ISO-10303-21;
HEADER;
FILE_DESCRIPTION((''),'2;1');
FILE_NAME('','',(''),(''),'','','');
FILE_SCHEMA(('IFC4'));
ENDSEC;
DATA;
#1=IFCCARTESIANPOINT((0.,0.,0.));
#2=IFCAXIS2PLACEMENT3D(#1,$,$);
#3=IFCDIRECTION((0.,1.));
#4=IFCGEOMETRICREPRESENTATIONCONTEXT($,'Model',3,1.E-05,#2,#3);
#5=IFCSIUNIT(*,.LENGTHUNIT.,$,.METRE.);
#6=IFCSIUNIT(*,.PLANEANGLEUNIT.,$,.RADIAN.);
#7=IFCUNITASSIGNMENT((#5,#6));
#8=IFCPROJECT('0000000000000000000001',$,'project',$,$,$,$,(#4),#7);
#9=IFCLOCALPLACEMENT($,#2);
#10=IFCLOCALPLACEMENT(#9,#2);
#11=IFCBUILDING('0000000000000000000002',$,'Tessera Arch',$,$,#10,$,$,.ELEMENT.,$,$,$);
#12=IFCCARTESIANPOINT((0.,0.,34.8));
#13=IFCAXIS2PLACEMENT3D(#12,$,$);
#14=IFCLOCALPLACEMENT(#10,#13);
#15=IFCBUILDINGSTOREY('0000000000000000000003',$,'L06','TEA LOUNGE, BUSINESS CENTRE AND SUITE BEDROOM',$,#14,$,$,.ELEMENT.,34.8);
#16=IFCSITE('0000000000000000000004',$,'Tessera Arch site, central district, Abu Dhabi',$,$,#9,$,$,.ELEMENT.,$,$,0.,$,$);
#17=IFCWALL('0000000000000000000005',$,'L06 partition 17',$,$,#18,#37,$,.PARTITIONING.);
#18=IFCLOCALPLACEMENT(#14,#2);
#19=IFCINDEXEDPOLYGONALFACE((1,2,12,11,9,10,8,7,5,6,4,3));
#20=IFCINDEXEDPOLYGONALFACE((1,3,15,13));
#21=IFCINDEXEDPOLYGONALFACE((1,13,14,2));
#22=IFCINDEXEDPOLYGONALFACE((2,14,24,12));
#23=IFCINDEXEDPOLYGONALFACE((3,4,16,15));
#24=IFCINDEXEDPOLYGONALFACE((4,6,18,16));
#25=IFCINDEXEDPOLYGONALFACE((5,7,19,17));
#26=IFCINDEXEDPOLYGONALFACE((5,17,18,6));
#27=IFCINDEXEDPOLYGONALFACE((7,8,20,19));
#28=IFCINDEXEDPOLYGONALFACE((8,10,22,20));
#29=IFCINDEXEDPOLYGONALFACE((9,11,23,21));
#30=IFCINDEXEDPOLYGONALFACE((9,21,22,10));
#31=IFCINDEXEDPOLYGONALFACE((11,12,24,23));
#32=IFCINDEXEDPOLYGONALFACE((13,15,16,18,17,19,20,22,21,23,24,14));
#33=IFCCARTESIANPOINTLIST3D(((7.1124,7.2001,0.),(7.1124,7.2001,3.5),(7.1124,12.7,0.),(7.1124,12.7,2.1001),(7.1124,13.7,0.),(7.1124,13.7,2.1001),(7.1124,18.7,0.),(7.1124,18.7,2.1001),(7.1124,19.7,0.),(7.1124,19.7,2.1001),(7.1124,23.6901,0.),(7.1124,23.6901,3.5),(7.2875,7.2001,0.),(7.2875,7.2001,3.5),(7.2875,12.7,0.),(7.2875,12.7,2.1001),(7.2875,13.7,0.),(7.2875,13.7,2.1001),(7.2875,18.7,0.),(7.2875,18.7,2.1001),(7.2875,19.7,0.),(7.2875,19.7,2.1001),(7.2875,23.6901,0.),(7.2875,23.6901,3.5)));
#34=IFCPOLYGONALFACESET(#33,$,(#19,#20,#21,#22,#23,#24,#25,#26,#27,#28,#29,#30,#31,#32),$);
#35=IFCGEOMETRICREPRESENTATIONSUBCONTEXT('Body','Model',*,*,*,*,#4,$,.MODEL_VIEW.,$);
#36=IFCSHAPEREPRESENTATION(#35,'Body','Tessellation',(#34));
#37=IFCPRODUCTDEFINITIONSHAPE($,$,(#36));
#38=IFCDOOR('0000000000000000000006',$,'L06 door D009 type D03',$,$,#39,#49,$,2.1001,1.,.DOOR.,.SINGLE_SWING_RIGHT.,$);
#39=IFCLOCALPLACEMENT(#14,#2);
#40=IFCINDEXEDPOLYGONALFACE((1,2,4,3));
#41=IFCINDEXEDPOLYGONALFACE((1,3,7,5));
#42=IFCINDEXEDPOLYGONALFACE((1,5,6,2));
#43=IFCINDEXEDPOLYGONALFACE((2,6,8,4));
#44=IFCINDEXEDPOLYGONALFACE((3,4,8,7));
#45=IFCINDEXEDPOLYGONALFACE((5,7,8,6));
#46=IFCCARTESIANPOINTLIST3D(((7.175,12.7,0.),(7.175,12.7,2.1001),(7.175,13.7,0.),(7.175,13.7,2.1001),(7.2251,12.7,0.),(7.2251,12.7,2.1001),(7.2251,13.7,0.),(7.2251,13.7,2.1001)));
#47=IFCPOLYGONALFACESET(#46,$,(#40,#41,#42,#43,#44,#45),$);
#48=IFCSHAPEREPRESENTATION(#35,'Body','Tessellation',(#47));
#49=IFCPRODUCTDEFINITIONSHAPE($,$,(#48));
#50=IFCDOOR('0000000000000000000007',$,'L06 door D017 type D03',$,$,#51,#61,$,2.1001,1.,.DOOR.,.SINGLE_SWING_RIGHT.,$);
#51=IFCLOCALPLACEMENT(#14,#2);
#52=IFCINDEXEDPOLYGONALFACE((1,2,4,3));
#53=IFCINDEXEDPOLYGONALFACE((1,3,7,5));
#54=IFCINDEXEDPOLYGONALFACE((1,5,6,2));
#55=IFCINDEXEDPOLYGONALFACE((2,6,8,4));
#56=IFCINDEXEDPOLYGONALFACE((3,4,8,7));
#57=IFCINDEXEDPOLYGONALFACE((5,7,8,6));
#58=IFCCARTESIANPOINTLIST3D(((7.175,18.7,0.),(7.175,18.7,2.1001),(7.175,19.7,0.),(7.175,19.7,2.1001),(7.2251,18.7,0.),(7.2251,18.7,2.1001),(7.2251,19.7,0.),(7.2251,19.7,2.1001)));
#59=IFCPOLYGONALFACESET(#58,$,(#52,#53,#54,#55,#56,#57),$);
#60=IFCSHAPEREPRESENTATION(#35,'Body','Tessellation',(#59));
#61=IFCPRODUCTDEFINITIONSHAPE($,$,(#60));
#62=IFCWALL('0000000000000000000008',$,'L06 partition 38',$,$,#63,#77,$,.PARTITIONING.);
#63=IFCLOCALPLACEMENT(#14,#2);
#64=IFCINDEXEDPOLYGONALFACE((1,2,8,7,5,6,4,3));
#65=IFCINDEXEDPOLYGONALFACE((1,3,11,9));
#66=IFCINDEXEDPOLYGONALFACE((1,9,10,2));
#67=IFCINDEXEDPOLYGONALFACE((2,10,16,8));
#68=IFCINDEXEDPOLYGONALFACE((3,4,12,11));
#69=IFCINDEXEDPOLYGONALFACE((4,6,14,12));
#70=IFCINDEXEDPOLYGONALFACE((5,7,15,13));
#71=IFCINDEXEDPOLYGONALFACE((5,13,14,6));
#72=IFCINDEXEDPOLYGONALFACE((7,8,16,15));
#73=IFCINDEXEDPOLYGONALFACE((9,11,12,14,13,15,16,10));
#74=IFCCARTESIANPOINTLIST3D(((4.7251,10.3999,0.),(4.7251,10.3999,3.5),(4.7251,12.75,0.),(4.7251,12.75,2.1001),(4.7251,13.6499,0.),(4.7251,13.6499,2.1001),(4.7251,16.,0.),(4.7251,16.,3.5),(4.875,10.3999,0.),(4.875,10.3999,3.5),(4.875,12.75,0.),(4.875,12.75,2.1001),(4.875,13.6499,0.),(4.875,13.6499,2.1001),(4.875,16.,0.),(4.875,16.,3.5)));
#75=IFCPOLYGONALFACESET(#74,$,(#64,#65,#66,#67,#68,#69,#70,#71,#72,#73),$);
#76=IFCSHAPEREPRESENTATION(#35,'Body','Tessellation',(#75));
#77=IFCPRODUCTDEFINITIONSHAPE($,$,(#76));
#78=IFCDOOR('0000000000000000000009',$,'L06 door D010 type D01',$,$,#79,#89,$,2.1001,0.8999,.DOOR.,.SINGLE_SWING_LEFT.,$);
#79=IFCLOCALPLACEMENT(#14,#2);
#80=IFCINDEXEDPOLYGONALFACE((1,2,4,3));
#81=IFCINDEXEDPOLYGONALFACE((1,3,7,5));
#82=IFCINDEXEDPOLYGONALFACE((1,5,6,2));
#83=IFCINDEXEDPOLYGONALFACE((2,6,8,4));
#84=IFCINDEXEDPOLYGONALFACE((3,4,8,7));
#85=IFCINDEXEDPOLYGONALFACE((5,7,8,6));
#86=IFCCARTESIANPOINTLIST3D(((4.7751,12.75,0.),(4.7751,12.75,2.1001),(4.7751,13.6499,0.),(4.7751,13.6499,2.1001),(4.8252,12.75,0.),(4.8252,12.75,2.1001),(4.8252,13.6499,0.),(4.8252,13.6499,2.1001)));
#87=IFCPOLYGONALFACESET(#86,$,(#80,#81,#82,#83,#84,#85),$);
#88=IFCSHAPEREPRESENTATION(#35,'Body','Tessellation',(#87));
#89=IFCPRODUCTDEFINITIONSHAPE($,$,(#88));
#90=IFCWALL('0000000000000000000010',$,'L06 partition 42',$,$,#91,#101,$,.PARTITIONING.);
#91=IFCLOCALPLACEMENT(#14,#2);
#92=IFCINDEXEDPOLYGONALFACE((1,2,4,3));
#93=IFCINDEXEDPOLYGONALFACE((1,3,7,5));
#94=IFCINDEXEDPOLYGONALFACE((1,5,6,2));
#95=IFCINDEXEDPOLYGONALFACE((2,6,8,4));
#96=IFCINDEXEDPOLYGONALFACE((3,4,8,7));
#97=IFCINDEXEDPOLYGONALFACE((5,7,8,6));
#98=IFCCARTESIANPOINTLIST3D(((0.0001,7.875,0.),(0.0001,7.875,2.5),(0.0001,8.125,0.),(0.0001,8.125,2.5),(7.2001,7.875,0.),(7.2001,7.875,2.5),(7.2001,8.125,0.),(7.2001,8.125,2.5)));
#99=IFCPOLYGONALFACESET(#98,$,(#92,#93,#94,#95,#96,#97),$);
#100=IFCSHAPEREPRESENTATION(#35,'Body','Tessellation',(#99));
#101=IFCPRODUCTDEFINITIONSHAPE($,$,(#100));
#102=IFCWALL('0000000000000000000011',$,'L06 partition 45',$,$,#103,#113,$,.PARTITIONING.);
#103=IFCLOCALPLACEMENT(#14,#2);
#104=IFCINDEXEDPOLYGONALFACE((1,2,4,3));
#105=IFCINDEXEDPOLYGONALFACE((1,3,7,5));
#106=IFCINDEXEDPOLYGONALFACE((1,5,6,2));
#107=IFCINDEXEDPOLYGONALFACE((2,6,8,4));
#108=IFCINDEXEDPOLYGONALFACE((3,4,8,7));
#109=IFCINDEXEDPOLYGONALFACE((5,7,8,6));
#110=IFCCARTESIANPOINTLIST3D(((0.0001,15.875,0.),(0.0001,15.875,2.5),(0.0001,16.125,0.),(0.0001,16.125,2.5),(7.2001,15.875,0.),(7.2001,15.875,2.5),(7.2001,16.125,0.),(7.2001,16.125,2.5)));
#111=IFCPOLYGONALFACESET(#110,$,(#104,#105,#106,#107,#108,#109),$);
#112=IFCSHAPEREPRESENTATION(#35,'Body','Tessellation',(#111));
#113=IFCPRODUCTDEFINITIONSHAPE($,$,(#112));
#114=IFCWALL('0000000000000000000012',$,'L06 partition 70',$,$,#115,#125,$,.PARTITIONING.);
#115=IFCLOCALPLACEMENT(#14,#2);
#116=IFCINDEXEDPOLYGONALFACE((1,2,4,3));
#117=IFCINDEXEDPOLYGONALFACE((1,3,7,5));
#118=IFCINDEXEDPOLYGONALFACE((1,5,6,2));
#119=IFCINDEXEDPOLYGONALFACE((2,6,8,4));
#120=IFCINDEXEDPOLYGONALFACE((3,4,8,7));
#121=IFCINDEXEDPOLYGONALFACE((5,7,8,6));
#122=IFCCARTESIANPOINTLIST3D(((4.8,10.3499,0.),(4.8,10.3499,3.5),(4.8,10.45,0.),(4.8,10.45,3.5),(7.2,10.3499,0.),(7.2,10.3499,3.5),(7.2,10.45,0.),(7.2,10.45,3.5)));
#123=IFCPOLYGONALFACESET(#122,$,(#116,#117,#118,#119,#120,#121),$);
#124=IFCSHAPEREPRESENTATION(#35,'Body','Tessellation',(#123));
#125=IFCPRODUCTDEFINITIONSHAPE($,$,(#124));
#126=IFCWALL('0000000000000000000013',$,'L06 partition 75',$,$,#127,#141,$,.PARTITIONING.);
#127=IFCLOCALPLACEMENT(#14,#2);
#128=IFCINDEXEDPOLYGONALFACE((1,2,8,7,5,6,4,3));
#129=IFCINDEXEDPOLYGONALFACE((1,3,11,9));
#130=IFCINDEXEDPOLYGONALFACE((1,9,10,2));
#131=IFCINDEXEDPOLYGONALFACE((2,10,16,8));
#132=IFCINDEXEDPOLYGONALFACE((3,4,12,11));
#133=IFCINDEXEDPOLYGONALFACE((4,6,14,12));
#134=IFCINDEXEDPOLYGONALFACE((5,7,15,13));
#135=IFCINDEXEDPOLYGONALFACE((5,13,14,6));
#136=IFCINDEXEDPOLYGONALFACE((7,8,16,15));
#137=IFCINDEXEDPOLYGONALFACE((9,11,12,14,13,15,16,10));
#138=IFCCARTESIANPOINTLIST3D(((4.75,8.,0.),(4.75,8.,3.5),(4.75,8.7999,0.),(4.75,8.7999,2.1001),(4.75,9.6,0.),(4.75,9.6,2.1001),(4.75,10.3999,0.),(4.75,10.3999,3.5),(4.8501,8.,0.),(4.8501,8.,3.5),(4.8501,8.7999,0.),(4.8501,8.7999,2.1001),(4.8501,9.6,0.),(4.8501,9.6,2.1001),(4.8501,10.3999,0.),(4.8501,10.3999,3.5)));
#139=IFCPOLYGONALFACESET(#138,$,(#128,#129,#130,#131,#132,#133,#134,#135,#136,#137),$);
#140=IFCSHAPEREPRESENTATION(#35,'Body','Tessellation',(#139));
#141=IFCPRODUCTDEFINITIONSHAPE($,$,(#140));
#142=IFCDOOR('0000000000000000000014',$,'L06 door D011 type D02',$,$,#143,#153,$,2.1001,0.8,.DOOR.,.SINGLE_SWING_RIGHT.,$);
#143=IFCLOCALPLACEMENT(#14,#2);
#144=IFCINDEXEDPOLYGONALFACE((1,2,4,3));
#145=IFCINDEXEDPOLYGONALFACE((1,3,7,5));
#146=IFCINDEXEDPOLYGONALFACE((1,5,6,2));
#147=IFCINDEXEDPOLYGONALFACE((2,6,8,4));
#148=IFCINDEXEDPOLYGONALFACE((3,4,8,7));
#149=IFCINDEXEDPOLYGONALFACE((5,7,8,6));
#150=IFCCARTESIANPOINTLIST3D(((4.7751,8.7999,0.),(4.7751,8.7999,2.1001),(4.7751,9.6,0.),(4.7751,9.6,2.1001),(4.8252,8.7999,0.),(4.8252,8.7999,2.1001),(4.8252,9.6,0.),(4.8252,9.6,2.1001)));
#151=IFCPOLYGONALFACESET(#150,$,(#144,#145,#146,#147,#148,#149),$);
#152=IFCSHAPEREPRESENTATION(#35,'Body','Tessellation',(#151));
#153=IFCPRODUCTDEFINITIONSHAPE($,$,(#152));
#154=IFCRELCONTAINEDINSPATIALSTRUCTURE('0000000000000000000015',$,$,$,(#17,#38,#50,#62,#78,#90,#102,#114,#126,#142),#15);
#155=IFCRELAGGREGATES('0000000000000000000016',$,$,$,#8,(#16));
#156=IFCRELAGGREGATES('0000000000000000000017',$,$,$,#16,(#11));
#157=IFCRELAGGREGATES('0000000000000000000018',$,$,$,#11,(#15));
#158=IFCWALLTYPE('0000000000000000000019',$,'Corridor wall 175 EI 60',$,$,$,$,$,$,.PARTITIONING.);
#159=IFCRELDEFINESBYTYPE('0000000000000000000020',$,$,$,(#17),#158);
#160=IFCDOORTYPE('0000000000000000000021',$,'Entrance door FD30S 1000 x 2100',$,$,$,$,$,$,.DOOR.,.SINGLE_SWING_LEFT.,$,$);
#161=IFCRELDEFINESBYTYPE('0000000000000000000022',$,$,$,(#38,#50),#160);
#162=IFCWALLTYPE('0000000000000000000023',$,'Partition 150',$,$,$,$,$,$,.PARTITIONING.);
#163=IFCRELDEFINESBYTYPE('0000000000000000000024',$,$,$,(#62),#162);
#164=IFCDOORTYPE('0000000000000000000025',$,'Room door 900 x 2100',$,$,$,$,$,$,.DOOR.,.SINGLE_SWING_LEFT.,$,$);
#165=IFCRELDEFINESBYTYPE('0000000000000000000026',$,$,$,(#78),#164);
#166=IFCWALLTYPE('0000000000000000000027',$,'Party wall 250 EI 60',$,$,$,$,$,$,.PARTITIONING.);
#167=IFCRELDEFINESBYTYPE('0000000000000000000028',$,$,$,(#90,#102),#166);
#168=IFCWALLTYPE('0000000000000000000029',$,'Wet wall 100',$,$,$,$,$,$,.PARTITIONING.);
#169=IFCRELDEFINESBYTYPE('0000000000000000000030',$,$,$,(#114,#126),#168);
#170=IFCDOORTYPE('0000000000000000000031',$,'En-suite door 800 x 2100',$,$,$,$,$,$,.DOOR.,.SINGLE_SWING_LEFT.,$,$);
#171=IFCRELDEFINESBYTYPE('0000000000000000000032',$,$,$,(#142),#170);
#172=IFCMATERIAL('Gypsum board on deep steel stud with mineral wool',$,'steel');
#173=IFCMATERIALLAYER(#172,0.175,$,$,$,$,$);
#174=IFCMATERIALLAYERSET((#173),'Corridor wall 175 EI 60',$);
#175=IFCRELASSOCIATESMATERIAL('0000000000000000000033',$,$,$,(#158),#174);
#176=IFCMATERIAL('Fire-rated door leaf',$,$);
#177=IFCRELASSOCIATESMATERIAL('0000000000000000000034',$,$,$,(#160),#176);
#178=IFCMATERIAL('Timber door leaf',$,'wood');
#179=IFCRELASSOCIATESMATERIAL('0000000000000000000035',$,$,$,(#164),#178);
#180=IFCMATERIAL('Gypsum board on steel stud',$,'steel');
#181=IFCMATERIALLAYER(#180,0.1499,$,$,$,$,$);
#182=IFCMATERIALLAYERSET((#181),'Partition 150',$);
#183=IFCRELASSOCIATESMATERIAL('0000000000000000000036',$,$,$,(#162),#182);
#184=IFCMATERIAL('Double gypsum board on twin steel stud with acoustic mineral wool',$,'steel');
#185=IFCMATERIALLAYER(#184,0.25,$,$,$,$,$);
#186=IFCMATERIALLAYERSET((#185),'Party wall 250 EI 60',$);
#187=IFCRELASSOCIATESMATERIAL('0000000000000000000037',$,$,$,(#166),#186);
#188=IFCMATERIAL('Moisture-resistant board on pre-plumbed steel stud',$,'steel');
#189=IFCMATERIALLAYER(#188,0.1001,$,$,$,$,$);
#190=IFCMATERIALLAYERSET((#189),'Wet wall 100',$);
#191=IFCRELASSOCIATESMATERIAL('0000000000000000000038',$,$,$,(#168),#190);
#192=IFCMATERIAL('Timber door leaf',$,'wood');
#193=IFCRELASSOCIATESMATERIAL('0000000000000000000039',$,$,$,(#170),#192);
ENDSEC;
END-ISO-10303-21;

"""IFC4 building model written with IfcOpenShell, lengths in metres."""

from ifc_helpers import new_model, si_unit, direction, frame, frame_2d, origin, place, context, subcontext, project, spatial, rectangle, extrude, material, layer, layer_set, type_object, element, fill, save


model = new_model("IFC4")

# Units and contexts
model_context = context("Model", 3, precision=1e-05, world=origin(), true_north=direction((0.0, 1.0)))
body_context = subcontext(model_context, "Body", "Model", "MODEL_VIEW")
ifc_project = project(units=[si_unit("LENGTHUNIT", "METRE"), si_unit("PLANEANGLEUNIT", "RADIAN")], contexts=[model_context])

# Site, building, storey
site_placement = place(None, origin())
site = spatial("IfcSite", under=ifc_project, at=site_placement, Name="Tessera Arch site, central district, Abu Dhabi", CompositionType="ELEMENT", RefElevation=0.0)
building_placement = place(site_placement, origin())
building = spatial("IfcBuilding", under=site, at=building_placement, Name="Tessera Arch", CompositionType="ELEMENT")
storey_placement = place(building_placement, frame((0.0, 0.0, 34.8)))
storey = spatial("IfcBuildingStorey", under=building, at=storey_placement, Name="L06", Description="TEA LOUNGE, BUSINESS CENTRE AND SUITE BEDROOM", CompositionType="ELEMENT", Elevation=34.8)

# Wall, openings, doors
ifc_material_1 = material(Name="Gypsum board on deep steel stud with mineral wool", Category="steel")
ifc_layer_1 = layer(ifc_material_1, 0.175)
ifc_layer_set_1 = layer_set([ifc_layer_1], Name="Corridor wall 175 EI 60")
wall_type_1 = type_object("IfcWallType", Name="Corridor wall 175 EI 60", PredefinedType="PARTITIONING", material=ifc_layer_set_1)
ifc_material_2 = material(Name="Fire-rated door leaf")
door_type_1 = type_object("IfcDoorType", Name="Entrance door FD30S 1000 x 2100", OperationType="SINGLE_SWING_LEFT", PredefinedType="DOOR", material=ifc_material_2)
ifc_material_3 = material(Name="Timber door leaf", Category="wood")
door_type_2 = type_object("IfcDoorType", Name="Room door 900 x 2100", OperationType="SINGLE_SWING_LEFT", PredefinedType="DOOR", material=ifc_material_3)
wall_1_placement = place(storey_placement, frame((7.2, 7.2, 0.0), z_axis=(0.0, 0.0, 1.0), x_axis=(0.0, 1.0, 0.0)))
wall_1 = element("IfcWall", 1, at=wall_1_placement, inside=storey, type_object=wall_type_1, Name="L06 partition 17", PredefinedType="PARTITIONING", context=body_context, shape_type="SweptSolid", body=[
    extrude(rectangle(XDim=16.49, YDim=0.175, at=frame_2d((8.2451, 0.0))), origin(), (0.0, 0.0, 1.0), 3.5),
])
opening_1_placement = place(wall_1_placement, frame((5.5, 0.0, 0.0)))
opening_1 = element("IfcOpeningElement", 2, at=opening_1_placement, cuts=wall_1, PredefinedType="OPENING", context=body_context, shape_type="SweptSolid", body=[
    extrude(rectangle(XDim=1.0, YDim=2.1001, at=frame_2d((0.5, 1.05))), frame((0.0, 0.0974, 0.0), z_axis=(0.0, -1.0, 0.0), x_axis=(1.0, 0.0, 0.0)), (0.0, 0.0, 1.0), 0.1951),
])
opening_2_placement = place(wall_1_placement, frame((11.5, 0.0, 0.0)))
opening_2 = element("IfcOpeningElement", 3, at=opening_2_placement, cuts=wall_1, PredefinedType="OPENING", context=body_context, shape_type="SweptSolid", body=[
    extrude(rectangle(XDim=1.0, YDim=2.1001, at=frame_2d((0.5, 1.05))), frame((0.0, 0.0974, 0.0), z_axis=(0.0, -1.0, 0.0), x_axis=(1.0, 0.0, 0.0)), (0.0, 0.0, 1.0), 0.1951),
])
door_1_placement = place(opening_1_placement, origin())
door_1 = element("IfcDoor", 4, at=door_1_placement, inside=storey, type_object=door_type_1, Name="L06 door D009 type D03", OperationType="SINGLE_SWING_RIGHT", OverallHeight=2.1001, OverallWidth=1.0, PredefinedType="DOOR", context=body_context, shape_type="SweptSolid", body=[
    extrude(rectangle(XDim=1.0, YDim=2.1001, at=frame_2d((0.5, 1.05))), frame((0.0, 0.0249, 0.0), z_axis=(0.0, -1.0, 0.0), x_axis=(1.0, 0.0, 0.0)), (0.0, 0.0, 1.0), 0.05),
])
fill(opening_1, door_1)
door_2_placement = place(opening_2_placement, origin())
door_2 = element("IfcDoor", 5, at=door_2_placement, inside=storey, type_object=door_type_1, Name="L06 door D017 type D03", OperationType="SINGLE_SWING_RIGHT", OverallHeight=2.1001, OverallWidth=1.0, PredefinedType="DOOR", context=body_context, shape_type="SweptSolid", body=[
    extrude(rectangle(XDim=1.0, YDim=2.1001, at=frame_2d((0.5, 1.05))), frame((0.0, 0.0249, 0.0), z_axis=(0.0, -1.0, 0.0), x_axis=(1.0, 0.0, 0.0)), (0.0, 0.0, 1.0), 0.05),
])
fill(opening_2, door_2)

# Wall, opening, door
ifc_material_4 = material(Name="Gypsum board on steel stud", Category="steel")
ifc_layer_2 = layer(ifc_material_4, 0.1499)
ifc_layer_set_2 = layer_set([ifc_layer_2], Name="Partition 150")
wall_type_2 = type_object("IfcWallType", Name="Partition 150", PredefinedType="PARTITIONING", material=ifc_layer_set_2)
wall_2_placement = place(storey_placement, frame((4.8, 10.3999, 0.0), z_axis=(0.0, 0.0, 1.0), x_axis=(0.0, 1.0, 0.0)))
wall_2 = element("IfcWall", 6, at=wall_2_placement, inside=storey, type_object=wall_type_2, Name="L06 partition 38", PredefinedType="PARTITIONING", context=body_context, shape_type="SweptSolid", body=[
    extrude(rectangle(XDim=5.6001, YDim=0.1499, at=frame_2d((2.8, 0.0))), origin(), (0.0, 0.0, 1.0), 3.5),
])
opening_3_placement = place(wall_2_placement, frame((2.3501, 0.0, 0.0)))
opening_3 = element("IfcOpeningElement", 7, at=opening_3_placement, cuts=wall_2, PredefinedType="OPENING", context=body_context, shape_type="SweptSolid", body=[
    extrude(rectangle(XDim=0.8999, YDim=2.1001, at=frame_2d((0.45, 1.05))), frame((0.0, 0.085, 0.0), z_axis=(0.0, -1.0, 0.0), x_axis=(1.0, 0.0, 0.0)), (0.0, 0.0, 1.0), 0.1699),
])
door_3_placement = place(opening_3_placement, origin())
door_3 = element("IfcDoor", 8, at=door_3_placement, inside=storey, type_object=door_type_2, Name="L06 door D010 type D01", OperationType="SINGLE_SWING_LEFT", OverallHeight=2.1001, OverallWidth=0.8999, PredefinedType="DOOR", context=body_context, shape_type="SweptSolid", body=[
    extrude(rectangle(XDim=0.8999, YDim=2.1001, at=frame_2d((0.45, 1.05))), frame((0.0, 0.0249, 0.0), z_axis=(0.0, -1.0, 0.0), x_axis=(1.0, 0.0, 0.0)), (0.0, 0.0, 1.0), 0.05),
])
fill(opening_3, door_3)

# Walls
ifc_material_5 = material(Name="Double gypsum board on twin steel stud with acoustic mineral wool", Category="steel")
ifc_layer_3 = layer(ifc_material_5, 0.25)
ifc_layer_set_3 = layer_set([ifc_layer_3], Name="Party wall 250 EI 60")
wall_type_3 = type_object("IfcWallType", Name="Party wall 250 EI 60", PredefinedType="PARTITIONING", material=ifc_layer_set_3)
for number, where, z_axis, x_axis, name in (
    (9, (0.0, 8.0, 0.0), (0.0, 0.0, 1.0), (1.0, 0.0, 0.0), "L06 partition 42"),
    (10, (0.0, 16.0, 0.0), (0.0, 0.0, 1.0), (1.0, 0.0, 0.0), "L06 partition 45"),
):
    element("IfcWall", number, at=place(storey_placement, frame(where, z_axis=z_axis, x_axis=x_axis)), inside=storey, type_object=wall_type_3, Name=name, PredefinedType="PARTITIONING", context=body_context, shape_type="SweptSolid", body=[
        extrude(rectangle(XDim=7.2, YDim=0.25, at=frame_2d((3.6001, 0.0))), origin(), (0.0, 0.0, 1.0), 2.5),
    ])
ifc_material_6 = material(Name="Moisture-resistant board on pre-plumbed steel stud", Category="steel")
ifc_layer_4 = layer(ifc_material_6, 0.1001)
ifc_layer_set_4 = layer_set([ifc_layer_4], Name="Wet wall 100")
wall_type_4 = type_object("IfcWallType", Name="Wet wall 100", PredefinedType="PARTITIONING", material=ifc_layer_set_4)
wall_3_placement = place(storey_placement, frame((4.8, 10.3999, 0.0), z_axis=(0.0, 0.0, 1.0), x_axis=(1.0, 0.0, 0.0)))
element("IfcWall", 11, at=wall_3_placement, inside=storey, type_object=wall_type_4, Name="L06 partition 70", PredefinedType="PARTITIONING", context=body_context, shape_type="SweptSolid", body=[
    extrude(rectangle(XDim=2.3999, YDim=0.1001, at=frame_2d((1.2, 0.0))), origin(), (0.0, 0.0, 1.0), 3.5),
])

# Wall, opening, door
wall_4_placement = place(storey_placement, frame((4.8, 8.0, 0.0), z_axis=(0.0, 0.0, 1.0), x_axis=(0.0, 1.0, 0.0)))
wall_4 = element("IfcWall", 12, at=wall_4_placement, inside=storey, type_object=wall_type_4, Name="L06 partition 75", PredefinedType="PARTITIONING", context=body_context, shape_type="SweptSolid", body=[
    extrude(rectangle(XDim=2.3999, YDim=0.1001, at=frame_2d((1.2, 0.0))), origin(), (0.0, 0.0, 1.0), 3.5),
])
opening_4_placement = place(wall_4_placement, frame((0.8, 0.0, 0.0)))
opening_4 = element("IfcOpeningElement", 13, at=opening_4_placement, cuts=wall_4, PredefinedType="OPENING", context=body_context, shape_type="SweptSolid", body=[
    extrude(rectangle(XDim=0.8, YDim=2.1001, at=frame_2d((0.3999, 1.05))), frame((0.0, 0.0601, 0.0), z_axis=(0.0, -1.0, 0.0), x_axis=(1.0, 0.0, 0.0)), (0.0, 0.0, 1.0), 0.1201),
])
ifc_material_7 = material(Name="Timber door leaf", Category="wood")
door_type_3 = type_object("IfcDoorType", Name="En-suite door 800 x 2100", OperationType="SINGLE_SWING_LEFT", PredefinedType="DOOR", material=ifc_material_7)
door_4_placement = place(opening_4_placement, origin())
door_4 = element("IfcDoor", 14, at=door_4_placement, inside=storey, type_object=door_type_3, Name="L06 door D011 type D02", OperationType="SINGLE_SWING_RIGHT", OverallHeight=2.1001, OverallWidth=0.8, PredefinedType="DOOR", context=body_context, shape_type="SweptSolid", body=[
    extrude(rectangle(XDim=0.8, YDim=2.1001, at=frame_2d((0.3999, 1.05))), frame((0.0, 0.0249, 0.0), z_axis=(0.0, -1.0, 0.0), x_axis=(1.0, 0.0, 0.0)), (0.0, 0.0, 1.0), 0.05),
])
fill(opening_4, door_4)

save(model, "model.ifc")
